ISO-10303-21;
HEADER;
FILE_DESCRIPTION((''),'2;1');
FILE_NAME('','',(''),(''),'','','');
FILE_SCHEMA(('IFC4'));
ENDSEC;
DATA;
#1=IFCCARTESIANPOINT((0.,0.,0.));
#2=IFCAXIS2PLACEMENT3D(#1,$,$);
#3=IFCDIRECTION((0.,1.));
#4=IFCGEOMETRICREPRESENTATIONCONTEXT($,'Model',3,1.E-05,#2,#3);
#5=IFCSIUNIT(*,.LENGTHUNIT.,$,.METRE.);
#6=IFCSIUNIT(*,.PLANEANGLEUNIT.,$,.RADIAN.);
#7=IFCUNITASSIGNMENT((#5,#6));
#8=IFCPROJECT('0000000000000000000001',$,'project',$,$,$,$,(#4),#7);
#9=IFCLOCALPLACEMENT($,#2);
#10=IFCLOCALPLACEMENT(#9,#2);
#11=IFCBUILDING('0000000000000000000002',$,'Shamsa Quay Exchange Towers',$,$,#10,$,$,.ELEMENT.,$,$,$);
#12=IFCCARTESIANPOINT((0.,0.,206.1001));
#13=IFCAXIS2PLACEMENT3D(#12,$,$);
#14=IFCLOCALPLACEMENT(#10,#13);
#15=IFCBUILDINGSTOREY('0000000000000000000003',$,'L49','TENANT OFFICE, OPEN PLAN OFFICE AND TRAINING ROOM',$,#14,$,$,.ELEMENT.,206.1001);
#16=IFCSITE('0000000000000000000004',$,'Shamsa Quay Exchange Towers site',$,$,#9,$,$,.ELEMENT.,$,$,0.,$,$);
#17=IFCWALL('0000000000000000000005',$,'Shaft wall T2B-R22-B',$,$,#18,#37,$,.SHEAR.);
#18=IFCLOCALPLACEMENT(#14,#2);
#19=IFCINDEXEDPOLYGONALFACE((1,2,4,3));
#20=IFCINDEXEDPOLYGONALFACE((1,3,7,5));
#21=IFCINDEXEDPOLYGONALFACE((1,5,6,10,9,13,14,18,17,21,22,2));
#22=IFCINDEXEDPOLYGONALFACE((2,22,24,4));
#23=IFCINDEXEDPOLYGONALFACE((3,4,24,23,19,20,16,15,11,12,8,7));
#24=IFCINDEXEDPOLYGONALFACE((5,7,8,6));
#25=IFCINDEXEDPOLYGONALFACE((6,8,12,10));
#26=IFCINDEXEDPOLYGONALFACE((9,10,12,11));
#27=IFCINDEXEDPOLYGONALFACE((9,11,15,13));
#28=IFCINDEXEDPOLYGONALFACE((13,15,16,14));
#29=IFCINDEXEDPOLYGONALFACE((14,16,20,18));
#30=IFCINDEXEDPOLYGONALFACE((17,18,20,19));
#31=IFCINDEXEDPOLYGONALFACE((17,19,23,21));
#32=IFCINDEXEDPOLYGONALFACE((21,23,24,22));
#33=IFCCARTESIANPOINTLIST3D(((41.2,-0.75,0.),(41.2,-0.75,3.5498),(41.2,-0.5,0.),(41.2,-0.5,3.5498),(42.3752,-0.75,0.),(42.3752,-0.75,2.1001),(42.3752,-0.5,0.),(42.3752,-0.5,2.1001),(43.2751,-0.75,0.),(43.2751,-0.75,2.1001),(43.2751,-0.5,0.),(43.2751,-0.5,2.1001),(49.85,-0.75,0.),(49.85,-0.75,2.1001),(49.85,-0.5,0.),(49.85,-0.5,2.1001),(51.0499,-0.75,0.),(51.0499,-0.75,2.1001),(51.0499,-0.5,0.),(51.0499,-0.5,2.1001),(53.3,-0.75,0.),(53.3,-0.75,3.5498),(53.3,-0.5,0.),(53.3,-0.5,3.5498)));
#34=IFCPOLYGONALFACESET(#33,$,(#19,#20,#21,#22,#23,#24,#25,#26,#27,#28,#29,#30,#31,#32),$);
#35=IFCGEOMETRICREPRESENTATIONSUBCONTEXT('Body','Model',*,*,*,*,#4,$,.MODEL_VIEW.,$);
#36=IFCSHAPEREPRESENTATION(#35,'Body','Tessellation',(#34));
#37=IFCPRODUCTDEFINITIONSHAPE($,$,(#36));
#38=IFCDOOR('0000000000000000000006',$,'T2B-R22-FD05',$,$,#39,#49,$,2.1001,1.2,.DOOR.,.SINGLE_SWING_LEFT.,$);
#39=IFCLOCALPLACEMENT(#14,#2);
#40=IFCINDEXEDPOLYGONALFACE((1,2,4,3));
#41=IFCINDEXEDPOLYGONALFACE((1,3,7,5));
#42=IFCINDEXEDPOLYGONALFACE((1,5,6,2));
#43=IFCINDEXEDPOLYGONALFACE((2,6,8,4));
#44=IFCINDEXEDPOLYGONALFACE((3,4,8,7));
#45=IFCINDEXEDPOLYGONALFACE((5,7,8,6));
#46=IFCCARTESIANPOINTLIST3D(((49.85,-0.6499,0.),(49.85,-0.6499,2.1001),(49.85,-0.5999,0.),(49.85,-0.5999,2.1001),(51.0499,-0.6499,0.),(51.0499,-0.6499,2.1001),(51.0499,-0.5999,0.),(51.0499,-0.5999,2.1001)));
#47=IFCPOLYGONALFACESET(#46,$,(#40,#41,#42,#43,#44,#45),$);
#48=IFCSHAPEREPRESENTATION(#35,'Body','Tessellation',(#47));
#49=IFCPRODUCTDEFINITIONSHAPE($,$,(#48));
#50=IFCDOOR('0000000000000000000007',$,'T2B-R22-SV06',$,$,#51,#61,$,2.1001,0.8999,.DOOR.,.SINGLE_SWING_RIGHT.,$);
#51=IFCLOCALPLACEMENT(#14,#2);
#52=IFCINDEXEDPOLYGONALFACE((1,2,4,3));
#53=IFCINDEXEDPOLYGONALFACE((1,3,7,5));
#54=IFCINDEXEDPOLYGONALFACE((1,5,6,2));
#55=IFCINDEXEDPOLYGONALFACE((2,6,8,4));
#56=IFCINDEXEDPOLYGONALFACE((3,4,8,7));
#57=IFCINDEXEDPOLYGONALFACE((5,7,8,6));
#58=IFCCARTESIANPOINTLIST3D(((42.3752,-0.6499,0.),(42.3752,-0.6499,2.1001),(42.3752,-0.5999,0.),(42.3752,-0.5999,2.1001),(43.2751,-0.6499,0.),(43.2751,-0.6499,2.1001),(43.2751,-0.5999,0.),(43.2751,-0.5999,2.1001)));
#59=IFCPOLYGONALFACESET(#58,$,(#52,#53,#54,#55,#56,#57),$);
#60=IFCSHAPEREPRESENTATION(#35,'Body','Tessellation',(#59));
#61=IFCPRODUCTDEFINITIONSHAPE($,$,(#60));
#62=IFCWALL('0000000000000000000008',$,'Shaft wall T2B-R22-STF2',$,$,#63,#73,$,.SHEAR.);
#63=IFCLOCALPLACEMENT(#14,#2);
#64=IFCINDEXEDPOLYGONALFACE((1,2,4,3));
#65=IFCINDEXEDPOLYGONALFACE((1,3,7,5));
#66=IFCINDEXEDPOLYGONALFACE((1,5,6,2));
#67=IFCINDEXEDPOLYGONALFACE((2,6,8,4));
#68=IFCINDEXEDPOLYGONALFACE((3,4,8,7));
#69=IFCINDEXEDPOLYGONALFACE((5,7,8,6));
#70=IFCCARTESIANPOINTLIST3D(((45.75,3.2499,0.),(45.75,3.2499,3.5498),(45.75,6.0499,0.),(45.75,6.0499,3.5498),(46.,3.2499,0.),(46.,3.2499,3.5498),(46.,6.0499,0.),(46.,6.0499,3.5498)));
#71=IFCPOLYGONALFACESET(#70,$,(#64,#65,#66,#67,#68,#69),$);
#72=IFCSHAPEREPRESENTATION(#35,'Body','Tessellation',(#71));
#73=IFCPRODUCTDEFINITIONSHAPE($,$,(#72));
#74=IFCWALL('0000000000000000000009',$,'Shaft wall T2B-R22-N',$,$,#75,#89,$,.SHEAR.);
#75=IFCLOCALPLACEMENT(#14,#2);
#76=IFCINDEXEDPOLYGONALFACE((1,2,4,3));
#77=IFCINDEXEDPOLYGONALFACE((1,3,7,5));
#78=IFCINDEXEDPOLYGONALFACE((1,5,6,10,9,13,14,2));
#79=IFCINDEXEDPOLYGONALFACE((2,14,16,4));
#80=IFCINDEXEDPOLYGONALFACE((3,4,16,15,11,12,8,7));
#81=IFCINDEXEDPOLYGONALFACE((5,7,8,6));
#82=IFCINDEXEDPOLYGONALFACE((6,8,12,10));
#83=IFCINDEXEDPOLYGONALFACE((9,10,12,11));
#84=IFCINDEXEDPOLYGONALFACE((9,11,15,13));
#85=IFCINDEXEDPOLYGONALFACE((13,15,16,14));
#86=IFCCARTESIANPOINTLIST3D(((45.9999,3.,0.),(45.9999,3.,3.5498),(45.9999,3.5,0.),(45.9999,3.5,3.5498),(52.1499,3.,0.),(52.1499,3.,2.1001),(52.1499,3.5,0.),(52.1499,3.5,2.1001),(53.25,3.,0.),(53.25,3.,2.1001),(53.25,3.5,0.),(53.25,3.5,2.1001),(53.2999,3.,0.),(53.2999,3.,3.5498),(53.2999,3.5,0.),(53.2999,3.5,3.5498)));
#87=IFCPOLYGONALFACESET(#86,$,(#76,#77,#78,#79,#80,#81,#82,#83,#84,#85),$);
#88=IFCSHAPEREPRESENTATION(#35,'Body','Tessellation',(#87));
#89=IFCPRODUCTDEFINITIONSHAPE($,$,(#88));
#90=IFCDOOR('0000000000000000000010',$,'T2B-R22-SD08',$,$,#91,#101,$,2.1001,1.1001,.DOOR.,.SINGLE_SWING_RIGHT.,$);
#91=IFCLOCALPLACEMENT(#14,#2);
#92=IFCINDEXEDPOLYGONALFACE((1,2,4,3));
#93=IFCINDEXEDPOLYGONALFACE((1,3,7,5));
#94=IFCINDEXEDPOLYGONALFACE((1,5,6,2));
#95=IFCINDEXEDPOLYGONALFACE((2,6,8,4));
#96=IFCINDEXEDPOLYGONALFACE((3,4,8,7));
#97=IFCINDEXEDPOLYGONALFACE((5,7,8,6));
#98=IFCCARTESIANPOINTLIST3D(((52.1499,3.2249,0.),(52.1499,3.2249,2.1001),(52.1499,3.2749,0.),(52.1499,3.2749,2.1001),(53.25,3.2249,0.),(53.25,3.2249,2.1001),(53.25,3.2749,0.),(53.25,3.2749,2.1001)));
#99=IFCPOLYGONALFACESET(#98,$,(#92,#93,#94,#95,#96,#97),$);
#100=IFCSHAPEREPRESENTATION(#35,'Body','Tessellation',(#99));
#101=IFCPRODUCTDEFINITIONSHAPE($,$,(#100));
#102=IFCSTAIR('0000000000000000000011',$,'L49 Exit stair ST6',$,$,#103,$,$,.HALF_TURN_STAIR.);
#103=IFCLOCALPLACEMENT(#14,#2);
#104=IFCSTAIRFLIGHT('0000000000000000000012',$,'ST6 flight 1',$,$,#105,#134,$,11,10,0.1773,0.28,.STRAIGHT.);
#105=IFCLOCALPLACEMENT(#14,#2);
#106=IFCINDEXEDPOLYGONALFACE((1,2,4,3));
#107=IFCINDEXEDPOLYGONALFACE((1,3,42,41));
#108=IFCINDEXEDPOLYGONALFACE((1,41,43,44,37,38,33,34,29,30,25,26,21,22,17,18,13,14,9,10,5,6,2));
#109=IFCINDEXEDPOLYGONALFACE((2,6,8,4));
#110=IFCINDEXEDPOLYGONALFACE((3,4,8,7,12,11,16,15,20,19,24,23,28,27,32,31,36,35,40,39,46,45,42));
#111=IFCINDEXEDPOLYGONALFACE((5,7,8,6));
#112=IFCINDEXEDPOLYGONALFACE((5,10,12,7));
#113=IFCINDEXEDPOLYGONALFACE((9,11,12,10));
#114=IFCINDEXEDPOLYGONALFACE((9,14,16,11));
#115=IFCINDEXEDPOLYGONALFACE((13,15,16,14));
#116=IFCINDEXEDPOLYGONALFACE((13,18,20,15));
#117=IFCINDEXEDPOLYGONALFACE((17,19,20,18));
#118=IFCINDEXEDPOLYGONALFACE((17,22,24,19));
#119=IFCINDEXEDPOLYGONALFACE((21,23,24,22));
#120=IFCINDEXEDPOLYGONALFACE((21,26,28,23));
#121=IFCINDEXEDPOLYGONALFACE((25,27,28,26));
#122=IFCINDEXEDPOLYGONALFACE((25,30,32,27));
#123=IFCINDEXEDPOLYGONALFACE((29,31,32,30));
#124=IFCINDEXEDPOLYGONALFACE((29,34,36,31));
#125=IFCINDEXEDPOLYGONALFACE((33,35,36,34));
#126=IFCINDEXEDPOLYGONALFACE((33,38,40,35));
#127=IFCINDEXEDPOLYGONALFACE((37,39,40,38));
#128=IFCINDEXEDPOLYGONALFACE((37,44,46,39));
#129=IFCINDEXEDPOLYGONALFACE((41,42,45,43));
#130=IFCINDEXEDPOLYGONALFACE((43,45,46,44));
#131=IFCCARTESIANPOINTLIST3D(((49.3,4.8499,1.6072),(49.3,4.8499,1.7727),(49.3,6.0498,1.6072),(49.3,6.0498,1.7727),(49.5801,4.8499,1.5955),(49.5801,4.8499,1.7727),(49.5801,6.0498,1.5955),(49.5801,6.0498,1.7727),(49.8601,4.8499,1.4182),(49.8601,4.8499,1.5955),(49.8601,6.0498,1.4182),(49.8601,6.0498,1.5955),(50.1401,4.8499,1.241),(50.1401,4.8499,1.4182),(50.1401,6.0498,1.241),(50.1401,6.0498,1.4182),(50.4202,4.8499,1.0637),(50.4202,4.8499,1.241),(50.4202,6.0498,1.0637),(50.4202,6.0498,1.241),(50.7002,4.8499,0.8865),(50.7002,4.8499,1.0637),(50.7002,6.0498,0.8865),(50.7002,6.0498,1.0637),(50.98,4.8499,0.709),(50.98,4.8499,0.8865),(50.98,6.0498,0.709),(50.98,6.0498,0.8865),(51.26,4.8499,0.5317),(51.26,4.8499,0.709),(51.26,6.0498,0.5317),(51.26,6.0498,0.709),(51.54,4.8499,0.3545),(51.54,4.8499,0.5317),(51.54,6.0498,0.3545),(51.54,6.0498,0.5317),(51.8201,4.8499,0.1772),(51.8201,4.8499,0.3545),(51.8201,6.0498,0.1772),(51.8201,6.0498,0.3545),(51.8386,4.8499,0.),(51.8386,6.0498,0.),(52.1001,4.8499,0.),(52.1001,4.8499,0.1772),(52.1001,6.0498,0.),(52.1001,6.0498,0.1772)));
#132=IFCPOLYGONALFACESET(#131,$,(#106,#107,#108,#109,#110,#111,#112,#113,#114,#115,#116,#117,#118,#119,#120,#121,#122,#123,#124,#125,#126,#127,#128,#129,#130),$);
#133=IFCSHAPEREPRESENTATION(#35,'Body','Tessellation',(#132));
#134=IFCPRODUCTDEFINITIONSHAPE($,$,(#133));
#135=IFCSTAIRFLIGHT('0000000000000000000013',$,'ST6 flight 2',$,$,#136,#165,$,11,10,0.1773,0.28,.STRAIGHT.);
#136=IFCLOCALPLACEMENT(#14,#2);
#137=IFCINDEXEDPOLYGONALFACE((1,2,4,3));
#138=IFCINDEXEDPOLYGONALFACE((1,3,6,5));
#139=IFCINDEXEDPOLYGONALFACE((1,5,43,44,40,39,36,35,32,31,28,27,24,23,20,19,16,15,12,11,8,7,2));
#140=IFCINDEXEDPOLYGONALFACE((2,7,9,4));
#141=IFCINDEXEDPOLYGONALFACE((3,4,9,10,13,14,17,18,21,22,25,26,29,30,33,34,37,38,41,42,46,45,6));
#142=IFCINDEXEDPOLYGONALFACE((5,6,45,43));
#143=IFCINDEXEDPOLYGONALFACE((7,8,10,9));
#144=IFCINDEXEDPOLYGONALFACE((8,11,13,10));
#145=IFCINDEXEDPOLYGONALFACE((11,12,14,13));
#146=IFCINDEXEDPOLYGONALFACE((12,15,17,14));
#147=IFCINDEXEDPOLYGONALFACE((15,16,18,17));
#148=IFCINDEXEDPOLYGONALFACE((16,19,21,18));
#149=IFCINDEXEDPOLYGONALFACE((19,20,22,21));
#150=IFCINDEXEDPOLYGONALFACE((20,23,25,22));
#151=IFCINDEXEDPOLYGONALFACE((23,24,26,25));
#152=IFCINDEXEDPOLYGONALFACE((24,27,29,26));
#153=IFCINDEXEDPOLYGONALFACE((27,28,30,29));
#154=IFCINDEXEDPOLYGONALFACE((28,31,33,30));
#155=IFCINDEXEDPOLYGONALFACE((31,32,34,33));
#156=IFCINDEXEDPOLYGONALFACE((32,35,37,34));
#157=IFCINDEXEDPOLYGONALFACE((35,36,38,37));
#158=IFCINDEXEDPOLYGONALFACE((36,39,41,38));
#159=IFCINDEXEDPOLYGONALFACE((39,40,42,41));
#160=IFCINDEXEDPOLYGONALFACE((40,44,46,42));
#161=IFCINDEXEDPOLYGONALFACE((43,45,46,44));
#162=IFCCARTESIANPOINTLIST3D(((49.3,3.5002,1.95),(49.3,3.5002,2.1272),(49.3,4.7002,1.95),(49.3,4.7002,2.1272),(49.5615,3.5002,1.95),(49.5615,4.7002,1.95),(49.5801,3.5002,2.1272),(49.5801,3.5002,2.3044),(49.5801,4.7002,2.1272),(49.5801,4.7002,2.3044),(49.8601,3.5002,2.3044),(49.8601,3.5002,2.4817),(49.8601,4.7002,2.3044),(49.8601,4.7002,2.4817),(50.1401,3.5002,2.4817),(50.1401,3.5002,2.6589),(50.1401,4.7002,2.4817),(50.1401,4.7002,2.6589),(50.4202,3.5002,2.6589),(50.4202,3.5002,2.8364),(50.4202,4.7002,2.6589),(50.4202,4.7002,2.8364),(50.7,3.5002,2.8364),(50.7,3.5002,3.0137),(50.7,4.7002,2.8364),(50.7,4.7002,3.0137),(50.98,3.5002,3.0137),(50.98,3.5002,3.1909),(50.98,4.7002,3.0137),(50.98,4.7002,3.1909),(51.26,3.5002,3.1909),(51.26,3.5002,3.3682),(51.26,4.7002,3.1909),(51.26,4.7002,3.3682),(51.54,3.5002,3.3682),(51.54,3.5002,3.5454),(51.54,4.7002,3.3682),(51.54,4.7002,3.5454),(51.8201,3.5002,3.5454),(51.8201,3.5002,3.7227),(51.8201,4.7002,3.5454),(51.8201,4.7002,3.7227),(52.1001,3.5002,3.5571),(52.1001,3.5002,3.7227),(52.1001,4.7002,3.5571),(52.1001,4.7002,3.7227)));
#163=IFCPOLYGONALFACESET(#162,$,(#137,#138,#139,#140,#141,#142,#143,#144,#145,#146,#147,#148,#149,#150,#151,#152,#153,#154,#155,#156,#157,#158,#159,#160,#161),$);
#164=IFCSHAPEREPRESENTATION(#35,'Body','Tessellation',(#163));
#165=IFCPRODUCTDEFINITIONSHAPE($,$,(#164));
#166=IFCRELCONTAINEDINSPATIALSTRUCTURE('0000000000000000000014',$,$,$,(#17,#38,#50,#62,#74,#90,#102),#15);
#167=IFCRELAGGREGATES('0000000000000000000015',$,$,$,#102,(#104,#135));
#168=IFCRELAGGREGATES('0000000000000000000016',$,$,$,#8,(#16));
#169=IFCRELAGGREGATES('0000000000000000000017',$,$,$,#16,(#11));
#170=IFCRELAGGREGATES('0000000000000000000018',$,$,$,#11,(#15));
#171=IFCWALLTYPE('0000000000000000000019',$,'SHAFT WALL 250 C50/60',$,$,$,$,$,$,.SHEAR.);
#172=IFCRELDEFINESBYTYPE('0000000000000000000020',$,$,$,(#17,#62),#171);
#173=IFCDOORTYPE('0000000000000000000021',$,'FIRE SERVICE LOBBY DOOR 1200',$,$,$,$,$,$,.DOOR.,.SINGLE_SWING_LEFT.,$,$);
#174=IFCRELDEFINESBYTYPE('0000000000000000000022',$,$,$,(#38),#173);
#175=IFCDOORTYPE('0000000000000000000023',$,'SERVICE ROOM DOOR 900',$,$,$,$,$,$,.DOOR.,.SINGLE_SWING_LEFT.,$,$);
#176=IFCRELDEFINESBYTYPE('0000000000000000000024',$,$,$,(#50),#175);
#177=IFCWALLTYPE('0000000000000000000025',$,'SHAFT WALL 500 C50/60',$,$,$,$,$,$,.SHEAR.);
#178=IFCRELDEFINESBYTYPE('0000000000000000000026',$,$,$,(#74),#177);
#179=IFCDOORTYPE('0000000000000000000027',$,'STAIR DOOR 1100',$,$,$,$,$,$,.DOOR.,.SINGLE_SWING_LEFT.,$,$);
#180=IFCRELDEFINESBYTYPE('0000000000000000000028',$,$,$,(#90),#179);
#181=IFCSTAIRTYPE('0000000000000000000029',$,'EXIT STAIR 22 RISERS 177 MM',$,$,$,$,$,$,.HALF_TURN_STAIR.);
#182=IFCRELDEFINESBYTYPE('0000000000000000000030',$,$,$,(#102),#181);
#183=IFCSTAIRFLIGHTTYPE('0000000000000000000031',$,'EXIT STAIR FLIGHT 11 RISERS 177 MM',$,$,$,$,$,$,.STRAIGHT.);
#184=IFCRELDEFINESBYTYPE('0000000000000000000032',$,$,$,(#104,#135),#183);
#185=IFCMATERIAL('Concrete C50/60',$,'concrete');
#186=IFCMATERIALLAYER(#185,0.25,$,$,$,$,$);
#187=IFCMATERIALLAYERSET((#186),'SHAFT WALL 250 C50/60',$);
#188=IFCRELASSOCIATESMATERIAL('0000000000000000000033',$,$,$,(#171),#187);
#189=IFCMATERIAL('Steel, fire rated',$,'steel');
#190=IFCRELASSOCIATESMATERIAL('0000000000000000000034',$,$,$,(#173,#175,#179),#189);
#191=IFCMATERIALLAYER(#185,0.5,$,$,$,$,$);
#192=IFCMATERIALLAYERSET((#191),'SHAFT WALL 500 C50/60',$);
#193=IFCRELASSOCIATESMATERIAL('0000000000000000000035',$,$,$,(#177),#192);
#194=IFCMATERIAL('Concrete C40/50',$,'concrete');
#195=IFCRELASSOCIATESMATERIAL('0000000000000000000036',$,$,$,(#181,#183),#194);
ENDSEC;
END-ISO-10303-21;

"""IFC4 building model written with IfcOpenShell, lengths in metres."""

from ifc_helpers import new_model, si_unit, direction, frame, frame_2d, origin, place, context, subcontext, project, spatial, polyline, rectangle, outline, extrude, material, layer, layer_set, type_object, element, fill, aggregate, save


model = new_model("IFC4")

# Units and contexts
model_context = context("Model", 3, precision=1e-05, world=origin(), true_north=direction((0.0, 1.0)))
body_context = subcontext(model_context, "Body", "Model", "MODEL_VIEW")
ifc_project = project(units=[si_unit("LENGTHUNIT", "METRE"), si_unit("PLANEANGLEUNIT", "RADIAN")], contexts=[model_context])

# Site, building, storey
site_placement = place(None, origin())
site = spatial("IfcSite", under=ifc_project, at=site_placement, Name="Shamsa Quay Exchange Towers site", CompositionType="ELEMENT", RefElevation=0.0)
building_placement = place(site_placement, origin())
building = spatial("IfcBuilding", under=site, at=building_placement, Name="Shamsa Quay Exchange Towers", CompositionType="ELEMENT")
storey_placement = place(building_placement, frame((0.0, 0.0, 206.1001)))
storey = spatial("IfcBuildingStorey", under=building, at=storey_placement, Name="L49", Description="TENANT OFFICE, OPEN PLAN OFFICE AND TRAINING ROOM", CompositionType="ELEMENT", Elevation=206.1001)

# Wall, openings, doors
ifc_material_1 = material(Name="Concrete C50/60", Category="concrete")
ifc_layer_1 = layer(ifc_material_1, 0.25)
ifc_layer_set_1 = layer_set([ifc_layer_1], Name="SHAFT WALL 250 C50/60")
wall_type_1 = type_object("IfcWallType", Name="SHAFT WALL 250 C50/60", PredefinedType="SHEAR", material=ifc_layer_set_1)
wall_1_placement = place(storey_placement, frame((53.3, -0.625, 0.0), z_axis=(0.0, 0.0, 1.0), x_axis=(-1.0, 0.0, 0.0)))
wall_1 = element("IfcWall", 1, at=wall_1_placement, inside=storey, type_object=wall_type_1, Name="Shaft wall T2B-R22-B", PredefinedType="SHEAR", context=body_context, shape_type="SweptSolid", body=[
    extrude(rectangle(XDim=12.1001, YDim=0.25, at=frame_2d((6.05, 0.0))), origin(), (0.0, 0.0, 1.0), 3.5498),
])
opening_1_placement = place(wall_1_placement, frame((2.25, 0.0, 0.0)))
opening_1 = element("IfcOpeningElement", 2, at=opening_1_placement, cuts=wall_1, PredefinedType="OPENING", context=body_context, shape_type="SweptSolid", body=[
    extrude(rectangle(XDim=1.2, YDim=2.1001, at=frame_2d((0.6001, 1.05))), frame((0.0, 0.135, 0.0), z_axis=(0.0, -1.0, 0.0), x_axis=(1.0, 0.0, 0.0)), (0.0, 0.0, 1.0), 0.27),
])
opening_2_placement = place(wall_1_placement, frame((10.0249, 0.0, 0.0)))
opening_2 = element("IfcOpeningElement", 3, at=opening_2_placement, cuts=wall_1, PredefinedType="OPENING", context=body_context, shape_type="SweptSolid", body=[
    extrude(rectangle(XDim=0.8999, YDim=2.1001, at=frame_2d((0.45, 1.05))), frame((0.0, 0.135, 0.0), z_axis=(0.0, -1.0, 0.0), x_axis=(1.0, 0.0, 0.0)), (0.0, 0.0, 1.0), 0.27),
])
ifc_material_2 = material(Name="Steel, fire rated", Category="steel")
door_type_1 = type_object("IfcDoorType", Name="FIRE SERVICE LOBBY DOOR 1200", OperationType="SINGLE_SWING_LEFT", PredefinedType="DOOR", material=ifc_material_2)
door_1_placement = place(opening_1_placement, origin())
door_1 = element("IfcDoor", 4, at=door_1_placement, inside=storey, type_object=door_type_1, Name="T2B-R22-FD05", OperationType="SINGLE_SWING_LEFT", OverallHeight=2.1001, OverallWidth=1.2, PredefinedType="DOOR", context=body_context, shape_type="SweptSolid", body=[
    extrude(rectangle(XDim=1.2, YDim=2.1001, at=frame_2d((0.6001, 1.05))), frame((0.0, 0.0249, 0.0), z_axis=(0.0, -1.0, 0.0), x_axis=(1.0, 0.0, 0.0)), (0.0, 0.0, 1.0), 0.05),
])
fill(opening_1, door_1)
door_type_2 = type_object("IfcDoorType", Name="SERVICE ROOM DOOR 900", OperationType="SINGLE_SWING_LEFT", PredefinedType="DOOR", material=ifc_material_2)
door_2_placement = place(opening_2_placement, origin())
door_2 = element("IfcDoor", 5, at=door_2_placement, inside=storey, type_object=door_type_2, Name="T2B-R22-SV06", OperationType="SINGLE_SWING_RIGHT", OverallHeight=2.1001, OverallWidth=0.8999, PredefinedType="DOOR", context=body_context, shape_type="SweptSolid", body=[
    extrude(rectangle(XDim=0.8999, YDim=2.1001, at=frame_2d((0.45, 1.05))), frame((0.0, 0.0249, 0.0), z_axis=(0.0, -1.0, 0.0), x_axis=(1.0, 0.0, 0.0)), (0.0, 0.0, 1.0), 0.05),
])
fill(opening_2, door_2)

# Wall
wall_2_placement = place(storey_placement, frame((45.875, 3.25, 0.0), z_axis=(0.0, 0.0, 1.0), x_axis=(0.0, 1.0, 0.0)))
element("IfcWall", 6, at=wall_2_placement, inside=storey, type_object=wall_type_1, Name="Shaft wall T2B-R22-STF2", PredefinedType="SHEAR", context=body_context, shape_type="SweptSolid", body=[
    extrude(rectangle(XDim=2.8, YDim=0.25, at=frame_2d((1.3999, 0.0))), origin(), (0.0, 0.0, 1.0), 3.5498),
])

# Wall, opening, door
ifc_layer_2 = layer(ifc_material_1, 0.5)
ifc_layer_set_2 = layer_set([ifc_layer_2], Name="SHAFT WALL 500 C50/60")
wall_type_2 = type_object("IfcWallType", Name="SHAFT WALL 500 C50/60", PredefinedType="SHEAR", material=ifc_layer_set_2)
wall_3_placement = place(storey_placement, frame((46.0, 3.25, 0.0)))
wall_3 = element("IfcWall", 7, at=wall_3_placement, inside=storey, type_object=wall_type_2, Name="Shaft wall T2B-R22-N", PredefinedType="SHEAR", context=body_context, shape_type="SweptSolid", body=[
    extrude(rectangle(XDim=7.3, YDim=0.5, at=frame_2d((3.6499, 0.0))), origin(), (0.0, 0.0, 1.0), 3.5498),
])
opening_3_placement = place(wall_3_placement, frame((6.1499, 0.0, 0.0)))
opening_3 = element("IfcOpeningElement", 8, at=opening_3_placement, cuts=wall_3, PredefinedType="OPENING", context=body_context, shape_type="SweptSolid", body=[
    extrude(rectangle(XDim=1.1001, YDim=2.1001, at=frame_2d((0.55, 1.05))), frame((0.0, 0.26, 0.0), z_axis=(0.0, -1.0, 0.0), x_axis=(1.0, 0.0, 0.0)), (0.0, 0.0, 1.0), 0.52),
])
door_type_3 = type_object("IfcDoorType", Name="STAIR DOOR 1100", OperationType="SINGLE_SWING_LEFT", PredefinedType="DOOR", material=ifc_material_2)
door_3_placement = place(opening_3_placement, origin())
door_3 = element("IfcDoor", 9, at=door_3_placement, inside=storey, type_object=door_type_3, Name="T2B-R22-SD08", OperationType="SINGLE_SWING_RIGHT", OverallHeight=2.1001, OverallWidth=1.1001, PredefinedType="DOOR", context=body_context, shape_type="SweptSolid", body=[
    extrude(rectangle(XDim=1.1001, YDim=2.1001, at=frame_2d((0.55, 1.05))), frame((0.0, 0.0249, 0.0), z_axis=(0.0, -1.0, 0.0), x_axis=(1.0, 0.0, 0.0)), (0.0, 0.0, 1.0), 0.05),
])
fill(opening_3, door_3)

# Stair, stair flights
ifc_material_3 = material(Name="Concrete C40/50", Category="concrete")
stair_type = type_object("IfcStairType", Name="EXIT STAIR 22 RISERS 177 MM", PredefinedType="HALF_TURN_STAIR", material=ifc_material_3)
stair_placement = place(storey_placement, origin())
stair = element("IfcStair", 10, at=stair_placement, inside=storey, type_object=stair_type, Name="L49 Exit stair ST6", PredefinedType="HALF_TURN_STAIR")
stair_flight_type = type_object("IfcStairFlightType", Name="EXIT STAIR FLIGHT 11 RISERS 177 MM", PredefinedType="STRAIGHT", material=ifc_material_3)
stair_flight_1_placement = place(storey_placement, frame((52.1001, 5.45, 0.0), z_axis=(0.0, 0.0, 1.0), x_axis=(-1.0, 0.0, 0.0)))
stair_flight_1 = element("IfcStairFlight", 11, at=stair_flight_1_placement, type_object=stair_flight_type, Name="ST6 flight 1", NumberOfRisers=11, NumberOfTreads=10, PredefinedType="STRAIGHT", RiserHeight=0.1773, TreadLength=0.28, context=body_context, shape_type="SweptSolid", body=[
    extrude(outline(polyline([(0.0, 0.0), (0.0, 0.1772), (0.28, 0.1772), (0.28, 0.3545), (0.5601, 0.3545), (0.5601, 0.5317), (0.8401, 0.5317), (0.8401, 0.709), (1.1201, 0.709), (1.1201, 0.8865), (1.3999, 0.8865), (1.3999, 1.0637), (1.6799, 1.0637), (1.6799, 1.241), (1.96, 1.241), (1.96, 1.4182), (2.24, 1.4182), (2.24, 1.5955), (2.52, 1.5955), (2.52, 1.7727), (2.8, 1.7727), (2.8, 1.95), (2.8, 1.6072), (0.2615, 0.0), (0.0, 0.0)])), frame((0.0, 0.6001, 0.0), z_axis=(0.0, -1.0, 0.0), x_axis=(1.0, 0.0, 0.0)), (0.0, 0.0, 1.0), 1.2),
])
stair_flight_2_placement = place(storey_placement, frame((49.3, 4.1001, 1.95)))
stair_flight_2 = element("IfcStairFlight", 12, at=stair_flight_2_placement, type_object=stair_flight_type, Name="ST6 flight 2", NumberOfRisers=11, NumberOfTreads=10, PredefinedType="STRAIGHT", RiserHeight=0.1773, TreadLength=0.28, context=body_context, shape_type="SweptSolid", body=[
    extrude(outline(polyline([(0.0, 0.0), (0.0, 0.1772), (0.28, 0.1772), (0.28, 0.3545), (0.5601, 0.3545), (0.5601, 0.5317), (0.8401, 0.5317), (0.8401, 0.709), (1.1201, 0.709), (1.1201, 0.8865), (1.3999, 0.8865), (1.3999, 1.0637), (1.6799, 1.0637), (1.6799, 1.241), (1.96, 1.241), (1.96, 1.4182), (2.24, 1.4182), (2.24, 1.5955), (2.52, 1.5955), (2.52, 1.7727), (2.8, 1.7727), (2.8, 1.95), (2.8, 1.6072), (0.2615, 0.0), (0.0, 0.0)])), frame((0.0, 0.6001, 0.0), z_axis=(0.0, -1.0, 0.0), x_axis=(1.0, 0.0, 0.0)), (0.0, 0.0, 1.0), 1.2),
])
aggregate(stair, [stair_flight_1, stair_flight_2])

save(model, "model.ifc")
